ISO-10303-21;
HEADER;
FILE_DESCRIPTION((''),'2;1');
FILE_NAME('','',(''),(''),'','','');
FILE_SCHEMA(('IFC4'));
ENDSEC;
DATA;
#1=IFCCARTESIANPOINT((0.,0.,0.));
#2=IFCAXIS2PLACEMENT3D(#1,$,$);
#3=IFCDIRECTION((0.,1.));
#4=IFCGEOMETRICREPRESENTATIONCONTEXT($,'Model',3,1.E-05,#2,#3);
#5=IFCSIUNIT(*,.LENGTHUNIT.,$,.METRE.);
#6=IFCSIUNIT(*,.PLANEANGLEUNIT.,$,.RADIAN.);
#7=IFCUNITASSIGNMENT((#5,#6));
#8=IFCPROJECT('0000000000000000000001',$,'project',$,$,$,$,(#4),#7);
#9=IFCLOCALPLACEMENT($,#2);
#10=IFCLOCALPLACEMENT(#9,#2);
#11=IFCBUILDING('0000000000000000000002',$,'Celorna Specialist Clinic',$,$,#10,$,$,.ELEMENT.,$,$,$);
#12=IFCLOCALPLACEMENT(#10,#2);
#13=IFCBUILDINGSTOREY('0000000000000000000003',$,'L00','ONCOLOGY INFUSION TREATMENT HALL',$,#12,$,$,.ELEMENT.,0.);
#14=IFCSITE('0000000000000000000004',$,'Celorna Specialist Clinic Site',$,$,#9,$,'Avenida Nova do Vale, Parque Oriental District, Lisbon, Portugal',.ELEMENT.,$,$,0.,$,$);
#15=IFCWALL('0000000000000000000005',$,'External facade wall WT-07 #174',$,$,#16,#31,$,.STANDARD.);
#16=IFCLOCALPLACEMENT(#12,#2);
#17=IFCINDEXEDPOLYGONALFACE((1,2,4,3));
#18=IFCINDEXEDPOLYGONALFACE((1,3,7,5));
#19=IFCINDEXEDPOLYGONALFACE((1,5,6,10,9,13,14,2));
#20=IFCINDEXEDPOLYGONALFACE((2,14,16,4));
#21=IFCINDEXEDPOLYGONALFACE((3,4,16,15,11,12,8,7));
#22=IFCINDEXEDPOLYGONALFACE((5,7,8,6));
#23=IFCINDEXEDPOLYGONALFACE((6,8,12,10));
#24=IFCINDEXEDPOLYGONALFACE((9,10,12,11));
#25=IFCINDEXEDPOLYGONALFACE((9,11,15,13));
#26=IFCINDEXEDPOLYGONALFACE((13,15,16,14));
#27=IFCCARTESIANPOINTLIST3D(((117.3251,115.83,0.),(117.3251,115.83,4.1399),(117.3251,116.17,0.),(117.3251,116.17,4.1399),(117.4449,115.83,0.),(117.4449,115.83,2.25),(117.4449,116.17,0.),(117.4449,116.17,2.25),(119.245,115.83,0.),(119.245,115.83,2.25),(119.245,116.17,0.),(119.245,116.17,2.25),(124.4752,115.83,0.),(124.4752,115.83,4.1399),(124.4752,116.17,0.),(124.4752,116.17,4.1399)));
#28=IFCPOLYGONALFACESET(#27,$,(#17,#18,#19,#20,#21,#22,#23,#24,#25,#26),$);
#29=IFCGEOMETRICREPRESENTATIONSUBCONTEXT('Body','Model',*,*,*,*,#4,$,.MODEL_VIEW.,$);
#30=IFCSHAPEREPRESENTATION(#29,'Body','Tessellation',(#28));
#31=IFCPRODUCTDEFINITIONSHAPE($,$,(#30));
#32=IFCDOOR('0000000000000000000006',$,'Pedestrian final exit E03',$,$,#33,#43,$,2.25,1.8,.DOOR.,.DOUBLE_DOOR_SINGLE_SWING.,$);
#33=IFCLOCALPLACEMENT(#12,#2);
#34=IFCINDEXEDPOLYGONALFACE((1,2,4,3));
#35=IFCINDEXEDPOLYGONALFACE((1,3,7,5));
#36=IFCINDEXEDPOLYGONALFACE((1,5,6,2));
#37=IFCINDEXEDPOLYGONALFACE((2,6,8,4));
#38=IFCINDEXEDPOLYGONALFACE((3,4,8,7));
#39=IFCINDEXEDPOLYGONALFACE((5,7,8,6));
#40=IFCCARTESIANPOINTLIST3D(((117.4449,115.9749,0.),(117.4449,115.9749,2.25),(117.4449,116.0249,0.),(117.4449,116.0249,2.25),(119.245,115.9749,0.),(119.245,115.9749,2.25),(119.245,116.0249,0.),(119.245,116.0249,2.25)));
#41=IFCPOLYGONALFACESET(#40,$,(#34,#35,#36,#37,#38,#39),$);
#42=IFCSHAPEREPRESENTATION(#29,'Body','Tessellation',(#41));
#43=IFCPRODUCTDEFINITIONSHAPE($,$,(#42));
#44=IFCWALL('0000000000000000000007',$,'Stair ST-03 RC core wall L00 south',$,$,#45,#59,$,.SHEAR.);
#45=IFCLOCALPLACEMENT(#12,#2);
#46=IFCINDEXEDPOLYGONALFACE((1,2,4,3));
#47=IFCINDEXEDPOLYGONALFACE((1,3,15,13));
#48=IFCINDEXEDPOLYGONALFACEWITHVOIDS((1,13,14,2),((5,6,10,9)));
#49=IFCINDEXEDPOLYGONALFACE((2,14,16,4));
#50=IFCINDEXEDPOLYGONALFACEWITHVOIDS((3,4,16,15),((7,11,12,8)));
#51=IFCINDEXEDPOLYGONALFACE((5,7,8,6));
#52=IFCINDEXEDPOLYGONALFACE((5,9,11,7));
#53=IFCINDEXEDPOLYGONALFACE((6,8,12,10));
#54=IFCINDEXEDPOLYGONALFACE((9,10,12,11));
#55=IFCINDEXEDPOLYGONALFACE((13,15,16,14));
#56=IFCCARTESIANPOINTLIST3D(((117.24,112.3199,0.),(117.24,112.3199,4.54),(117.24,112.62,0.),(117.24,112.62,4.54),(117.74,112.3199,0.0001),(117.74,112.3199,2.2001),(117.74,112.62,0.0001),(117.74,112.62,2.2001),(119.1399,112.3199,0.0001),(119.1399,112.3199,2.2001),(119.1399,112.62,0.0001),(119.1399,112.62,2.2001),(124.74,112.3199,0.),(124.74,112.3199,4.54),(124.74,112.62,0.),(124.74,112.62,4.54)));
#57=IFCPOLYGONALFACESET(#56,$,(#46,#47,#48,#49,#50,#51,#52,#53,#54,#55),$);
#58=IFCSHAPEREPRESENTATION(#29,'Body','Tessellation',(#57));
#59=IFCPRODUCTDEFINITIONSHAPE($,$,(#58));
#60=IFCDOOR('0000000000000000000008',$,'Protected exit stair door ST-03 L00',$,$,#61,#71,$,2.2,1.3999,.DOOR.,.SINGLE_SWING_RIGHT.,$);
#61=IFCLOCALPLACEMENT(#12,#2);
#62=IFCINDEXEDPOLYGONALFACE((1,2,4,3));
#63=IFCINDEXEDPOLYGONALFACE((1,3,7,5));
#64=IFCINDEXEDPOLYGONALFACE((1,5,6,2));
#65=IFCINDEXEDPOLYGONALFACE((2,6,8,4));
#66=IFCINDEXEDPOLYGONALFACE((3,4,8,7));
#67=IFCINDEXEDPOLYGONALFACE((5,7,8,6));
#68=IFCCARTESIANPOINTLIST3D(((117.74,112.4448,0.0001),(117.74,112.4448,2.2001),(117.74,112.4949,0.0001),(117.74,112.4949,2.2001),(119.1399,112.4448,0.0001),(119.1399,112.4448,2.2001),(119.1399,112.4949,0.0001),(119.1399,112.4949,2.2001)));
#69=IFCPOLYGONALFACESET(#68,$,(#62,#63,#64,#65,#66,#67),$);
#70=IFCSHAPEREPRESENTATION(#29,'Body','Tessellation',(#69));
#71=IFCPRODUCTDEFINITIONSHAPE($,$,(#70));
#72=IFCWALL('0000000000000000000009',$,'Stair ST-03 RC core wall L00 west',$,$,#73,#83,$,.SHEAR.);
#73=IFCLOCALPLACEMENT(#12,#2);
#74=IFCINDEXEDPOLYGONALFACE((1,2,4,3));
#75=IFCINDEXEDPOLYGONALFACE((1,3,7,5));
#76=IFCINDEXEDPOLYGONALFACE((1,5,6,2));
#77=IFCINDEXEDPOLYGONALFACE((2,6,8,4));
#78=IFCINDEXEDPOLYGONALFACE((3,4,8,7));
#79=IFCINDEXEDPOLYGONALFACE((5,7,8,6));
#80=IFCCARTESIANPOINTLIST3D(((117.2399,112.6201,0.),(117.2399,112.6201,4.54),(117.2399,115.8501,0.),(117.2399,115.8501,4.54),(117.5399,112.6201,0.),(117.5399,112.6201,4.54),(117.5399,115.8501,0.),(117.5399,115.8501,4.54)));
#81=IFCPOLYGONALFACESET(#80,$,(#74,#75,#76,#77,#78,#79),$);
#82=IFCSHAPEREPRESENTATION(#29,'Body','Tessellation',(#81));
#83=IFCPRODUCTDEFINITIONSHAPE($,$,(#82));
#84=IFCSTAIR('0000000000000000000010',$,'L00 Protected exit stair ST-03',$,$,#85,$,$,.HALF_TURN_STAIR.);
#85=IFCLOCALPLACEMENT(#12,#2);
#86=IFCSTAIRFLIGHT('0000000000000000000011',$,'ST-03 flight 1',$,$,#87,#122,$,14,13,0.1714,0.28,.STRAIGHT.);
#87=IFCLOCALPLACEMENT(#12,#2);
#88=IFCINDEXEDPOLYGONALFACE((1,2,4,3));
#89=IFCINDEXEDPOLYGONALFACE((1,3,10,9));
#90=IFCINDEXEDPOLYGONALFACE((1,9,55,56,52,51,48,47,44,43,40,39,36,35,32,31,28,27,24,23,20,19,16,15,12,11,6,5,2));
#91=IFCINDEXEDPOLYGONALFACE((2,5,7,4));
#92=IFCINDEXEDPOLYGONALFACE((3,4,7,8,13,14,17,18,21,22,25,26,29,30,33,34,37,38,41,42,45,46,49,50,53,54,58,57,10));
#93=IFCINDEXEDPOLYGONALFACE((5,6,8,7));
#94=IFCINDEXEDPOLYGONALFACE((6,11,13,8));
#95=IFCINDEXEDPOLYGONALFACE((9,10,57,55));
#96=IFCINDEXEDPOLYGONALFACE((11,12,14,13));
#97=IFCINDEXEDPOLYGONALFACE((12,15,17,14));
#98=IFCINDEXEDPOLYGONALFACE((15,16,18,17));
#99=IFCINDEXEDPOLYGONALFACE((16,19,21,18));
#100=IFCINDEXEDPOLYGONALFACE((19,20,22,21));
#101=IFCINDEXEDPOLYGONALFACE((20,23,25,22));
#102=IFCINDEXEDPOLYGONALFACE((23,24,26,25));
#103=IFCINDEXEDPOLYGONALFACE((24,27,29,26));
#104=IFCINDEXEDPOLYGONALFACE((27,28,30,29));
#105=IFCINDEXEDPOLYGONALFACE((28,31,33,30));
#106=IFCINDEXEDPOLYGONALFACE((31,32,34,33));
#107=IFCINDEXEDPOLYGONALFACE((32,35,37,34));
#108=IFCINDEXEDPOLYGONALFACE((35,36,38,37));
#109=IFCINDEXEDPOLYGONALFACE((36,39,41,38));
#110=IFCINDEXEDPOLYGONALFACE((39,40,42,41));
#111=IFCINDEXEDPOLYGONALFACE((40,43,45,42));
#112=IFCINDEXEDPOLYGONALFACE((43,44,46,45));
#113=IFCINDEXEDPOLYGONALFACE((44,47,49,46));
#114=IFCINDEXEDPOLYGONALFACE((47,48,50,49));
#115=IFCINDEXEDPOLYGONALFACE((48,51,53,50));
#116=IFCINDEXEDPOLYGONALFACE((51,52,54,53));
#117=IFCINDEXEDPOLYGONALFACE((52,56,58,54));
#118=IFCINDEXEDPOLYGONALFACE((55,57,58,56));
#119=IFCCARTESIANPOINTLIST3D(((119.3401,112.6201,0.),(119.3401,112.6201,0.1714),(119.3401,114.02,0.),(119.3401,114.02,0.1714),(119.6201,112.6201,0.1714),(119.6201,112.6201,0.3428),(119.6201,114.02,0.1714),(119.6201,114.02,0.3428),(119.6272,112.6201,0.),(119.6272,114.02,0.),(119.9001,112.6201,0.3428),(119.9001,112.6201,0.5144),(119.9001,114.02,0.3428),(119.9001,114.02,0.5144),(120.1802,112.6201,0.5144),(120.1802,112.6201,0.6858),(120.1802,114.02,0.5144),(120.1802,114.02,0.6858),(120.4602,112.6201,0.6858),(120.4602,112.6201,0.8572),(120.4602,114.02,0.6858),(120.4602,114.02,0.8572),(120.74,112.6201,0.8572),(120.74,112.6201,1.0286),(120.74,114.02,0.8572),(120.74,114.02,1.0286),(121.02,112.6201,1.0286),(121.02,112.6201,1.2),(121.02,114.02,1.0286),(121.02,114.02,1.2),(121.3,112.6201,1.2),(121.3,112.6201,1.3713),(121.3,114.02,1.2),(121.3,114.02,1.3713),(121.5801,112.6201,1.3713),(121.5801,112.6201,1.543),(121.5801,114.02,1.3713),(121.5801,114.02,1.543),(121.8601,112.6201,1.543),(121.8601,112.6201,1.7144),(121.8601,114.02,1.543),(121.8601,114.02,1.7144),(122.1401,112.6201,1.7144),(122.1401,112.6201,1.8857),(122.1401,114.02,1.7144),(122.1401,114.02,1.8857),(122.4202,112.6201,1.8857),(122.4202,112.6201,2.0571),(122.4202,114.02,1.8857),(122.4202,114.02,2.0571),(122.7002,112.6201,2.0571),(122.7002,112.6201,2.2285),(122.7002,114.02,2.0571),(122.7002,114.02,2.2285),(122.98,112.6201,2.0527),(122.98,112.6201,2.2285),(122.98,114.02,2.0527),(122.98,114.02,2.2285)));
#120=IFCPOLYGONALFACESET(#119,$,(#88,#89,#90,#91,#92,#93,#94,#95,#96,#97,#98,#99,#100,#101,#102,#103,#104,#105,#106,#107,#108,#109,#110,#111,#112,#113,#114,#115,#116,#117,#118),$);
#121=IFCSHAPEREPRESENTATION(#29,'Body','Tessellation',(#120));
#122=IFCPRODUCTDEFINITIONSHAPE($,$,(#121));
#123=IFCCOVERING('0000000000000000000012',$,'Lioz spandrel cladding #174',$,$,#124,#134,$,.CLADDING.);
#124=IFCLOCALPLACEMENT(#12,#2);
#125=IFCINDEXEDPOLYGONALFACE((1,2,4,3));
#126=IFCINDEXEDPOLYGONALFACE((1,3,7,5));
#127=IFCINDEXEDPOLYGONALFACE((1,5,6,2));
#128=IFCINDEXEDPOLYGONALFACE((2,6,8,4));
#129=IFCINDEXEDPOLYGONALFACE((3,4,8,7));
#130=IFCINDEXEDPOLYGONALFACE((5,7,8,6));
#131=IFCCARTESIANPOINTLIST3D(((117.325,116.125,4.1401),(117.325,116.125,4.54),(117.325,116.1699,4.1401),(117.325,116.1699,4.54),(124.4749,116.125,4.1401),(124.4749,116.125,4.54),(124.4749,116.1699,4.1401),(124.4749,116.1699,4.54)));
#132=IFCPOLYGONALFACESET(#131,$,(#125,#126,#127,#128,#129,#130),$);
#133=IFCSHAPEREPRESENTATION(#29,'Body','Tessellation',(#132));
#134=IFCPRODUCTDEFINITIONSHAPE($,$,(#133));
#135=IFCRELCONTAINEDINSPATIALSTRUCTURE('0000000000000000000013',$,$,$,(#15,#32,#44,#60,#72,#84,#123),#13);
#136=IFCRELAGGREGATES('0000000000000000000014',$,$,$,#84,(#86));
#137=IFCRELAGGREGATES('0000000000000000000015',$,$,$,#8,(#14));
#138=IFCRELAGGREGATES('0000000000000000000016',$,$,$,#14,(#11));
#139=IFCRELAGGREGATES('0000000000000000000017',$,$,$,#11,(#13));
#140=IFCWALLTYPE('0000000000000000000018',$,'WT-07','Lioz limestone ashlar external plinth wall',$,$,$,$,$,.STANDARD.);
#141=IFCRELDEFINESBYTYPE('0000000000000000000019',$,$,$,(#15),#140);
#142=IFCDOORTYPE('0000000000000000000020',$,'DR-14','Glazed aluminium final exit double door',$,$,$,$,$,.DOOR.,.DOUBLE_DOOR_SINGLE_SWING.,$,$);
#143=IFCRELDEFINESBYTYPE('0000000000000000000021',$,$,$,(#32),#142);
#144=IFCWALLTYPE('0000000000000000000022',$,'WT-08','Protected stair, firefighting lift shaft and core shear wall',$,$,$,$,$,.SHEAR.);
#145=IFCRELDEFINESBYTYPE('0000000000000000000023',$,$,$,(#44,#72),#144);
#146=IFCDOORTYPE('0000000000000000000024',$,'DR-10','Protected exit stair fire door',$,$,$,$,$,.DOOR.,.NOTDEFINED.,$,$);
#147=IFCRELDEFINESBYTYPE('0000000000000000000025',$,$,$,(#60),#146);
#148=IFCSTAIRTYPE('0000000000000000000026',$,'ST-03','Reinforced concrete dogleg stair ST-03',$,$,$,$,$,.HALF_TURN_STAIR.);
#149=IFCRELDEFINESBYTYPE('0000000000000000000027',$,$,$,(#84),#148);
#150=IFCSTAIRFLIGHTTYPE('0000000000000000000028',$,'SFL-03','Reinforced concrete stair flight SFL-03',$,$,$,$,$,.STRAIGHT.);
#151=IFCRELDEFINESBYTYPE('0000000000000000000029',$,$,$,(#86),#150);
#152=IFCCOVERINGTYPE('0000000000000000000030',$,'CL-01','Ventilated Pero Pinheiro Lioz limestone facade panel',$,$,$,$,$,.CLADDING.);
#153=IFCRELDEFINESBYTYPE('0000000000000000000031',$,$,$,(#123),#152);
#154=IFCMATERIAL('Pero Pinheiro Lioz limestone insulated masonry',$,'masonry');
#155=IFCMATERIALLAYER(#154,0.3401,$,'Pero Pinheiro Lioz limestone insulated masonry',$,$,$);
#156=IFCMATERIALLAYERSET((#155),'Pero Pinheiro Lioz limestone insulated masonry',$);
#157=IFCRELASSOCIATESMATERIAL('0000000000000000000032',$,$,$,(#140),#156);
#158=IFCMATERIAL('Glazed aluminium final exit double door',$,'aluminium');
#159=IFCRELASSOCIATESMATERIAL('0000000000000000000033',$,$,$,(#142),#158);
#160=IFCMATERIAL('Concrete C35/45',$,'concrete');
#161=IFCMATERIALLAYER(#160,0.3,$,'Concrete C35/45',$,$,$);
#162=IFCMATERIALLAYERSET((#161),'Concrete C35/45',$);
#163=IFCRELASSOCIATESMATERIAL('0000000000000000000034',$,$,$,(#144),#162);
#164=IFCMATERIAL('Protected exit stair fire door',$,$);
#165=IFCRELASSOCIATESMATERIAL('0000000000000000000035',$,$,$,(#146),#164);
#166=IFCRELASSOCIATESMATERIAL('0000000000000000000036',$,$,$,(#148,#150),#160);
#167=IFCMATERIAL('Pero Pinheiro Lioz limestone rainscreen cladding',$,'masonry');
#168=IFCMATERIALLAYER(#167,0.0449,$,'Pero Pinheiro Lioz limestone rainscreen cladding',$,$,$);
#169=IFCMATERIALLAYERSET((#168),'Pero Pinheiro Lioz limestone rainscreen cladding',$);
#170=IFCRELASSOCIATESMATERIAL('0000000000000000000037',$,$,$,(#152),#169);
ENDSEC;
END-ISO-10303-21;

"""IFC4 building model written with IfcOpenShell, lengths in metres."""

from ifc_helpers import new_model, si_unit, direction, frame, frame_2d, origin, origin_2d, place, context, subcontext, project, spatial, polyline, rectangle, outline, extrude, material, layer, layer_set, type_object, element, fill, aggregate, save


model = new_model("IFC4")

# Units and contexts
model_context = context("Model", 3, precision=1e-05, world=origin(), true_north=direction((0.0, 1.0)))
body_context = subcontext(model_context, "Body", "Model", "MODEL_VIEW")
ifc_project = project(units=[si_unit("LENGTHUNIT", "METRE"), si_unit("PLANEANGLEUNIT", "RADIAN")], contexts=[model_context])

# Site, building, storey
site_placement = place(None, origin())
site = spatial("IfcSite", under=ifc_project, at=site_placement, Name="Celorna Specialist Clinic Site", LongName="Avenida Nova do Vale, Parque Oriental District, Lisbon, Portugal", CompositionType="ELEMENT", RefElevation=0.0)
building_placement = place(site_placement, origin())
building = spatial("IfcBuilding", under=site, at=building_placement, Name="Celorna Specialist Clinic", CompositionType="ELEMENT")
storey_placement = place(building_placement, origin())
storey = spatial("IfcBuildingStorey", under=building, at=storey_placement, Name="L00", Description="ONCOLOGY INFUSION TREATMENT HALL", CompositionType="ELEMENT", Elevation=0.0)

# Shared definitions
ifc_material_1 = material(Name="Concrete C35/45", Category="concrete")

# Walls, openings, doors
ifc_material_2 = material(Name="Pero Pinheiro Lioz limestone insulated masonry", Category="masonry")
ifc_layer_1 = layer(ifc_material_2, 0.3401, Name="Pero Pinheiro Lioz limestone insulated masonry")
ifc_layer_set_1 = layer_set([ifc_layer_1], Name="Pero Pinheiro Lioz limestone insulated masonry")
wall_type_1 = type_object("IfcWallType", Name="WT-07", Description="Lioz limestone ashlar external plinth wall", PredefinedType="STANDARD", material=ifc_layer_set_1)
wall_1_placement = place(storey_placement, frame((117.325, 116.0, 0.0), z_axis=(0.0, 0.0, 1.0), x_axis=(1.0, 0.0, 0.0)))
wall_1 = element("IfcWall", 1, at=wall_1_placement, inside=storey, type_object=wall_type_1, Name="External facade wall WT-07 #174", PredefinedType="STANDARD", context=body_context, shape_type="SweptSolid", body=[
    extrude(rectangle(XDim=7.1501, YDim=0.3401, at=frame_2d((3.5752, 0.0))), origin(), (0.0, 0.0, 1.0), 4.1399),
])
opening_1_placement = place(wall_1_placement, frame((0.1201, 0.0, 0.0)))
opening_1 = element("IfcOpeningElement", 2, at=opening_1_placement, cuts=wall_1, PredefinedType="OPENING", context=body_context, shape_type="SweptSolid", body=[
    extrude(rectangle(XDim=1.8, YDim=2.25, at=frame_2d((0.8999, 1.125))), frame((0.0, 0.1799, 0.0), z_axis=(0.0, -1.0, 0.0), x_axis=(1.0, 0.0, 0.0)), (0.0, 0.0, 1.0), 0.3601),
])
ifc_material_3 = material(Name="Glazed aluminium final exit double door", Category="aluminium")
door_type_1 = type_object("IfcDoorType", Name="DR-14", Description="Glazed aluminium final exit double door", OperationType="DOUBLE_DOOR_SINGLE_SWING", PredefinedType="DOOR", material=ifc_material_3)
door_1_placement = place(opening_1_placement, origin())
door_1 = element("IfcDoor", 3, at=door_1_placement, inside=storey, type_object=door_type_1, Name="Pedestrian final exit E03", OperationType="DOUBLE_DOOR_SINGLE_SWING", OverallHeight=2.25, OverallWidth=1.8, PredefinedType="DOOR", context=body_context, shape_type="SweptSolid", body=[
    extrude(rectangle(XDim=1.8, YDim=2.25, at=frame_2d((0.8999, 1.125))), frame((0.0, 0.0249, 0.0), z_axis=(0.0, -1.0, 0.0), x_axis=(1.0, 0.0, 0.0)), (0.0, 0.0, 1.0), 0.05),
])
fill(opening_1, door_1)
ifc_layer_2 = layer(ifc_material_1, 0.3, Name="Concrete C35/45")
ifc_layer_set_2 = layer_set([ifc_layer_2], Name="Concrete C35/45")
wall_type_2 = type_object("IfcWallType", Name="WT-08", Description="Protected stair, firefighting lift shaft and core shear wall", PredefinedType="SHEAR", material=ifc_layer_set_2)
wall_2_placement = place(storey_placement, frame((117.24, 112.47, 0.0), z_axis=(0.0, 0.0, 1.0), x_axis=(1.0, 0.0, 0.0)))
wall_2 = element("IfcWall", 4, at=wall_2_placement, inside=storey, type_object=wall_type_2, Name="Stair ST-03 RC core wall L00 south", PredefinedType="SHEAR", context=body_context, shape_type="SweptSolid", body=[
    extrude(rectangle(XDim=7.5, YDim=0.3, at=frame_2d((3.75, 0.0))), origin(), (0.0, 0.0, 1.0), 4.54),
])
opening_2_placement = place(wall_2_placement, frame((0.5, 0.0, 0.0)))
opening_2 = element("IfcOpeningElement", 5, at=opening_2_placement, cuts=wall_2, PredefinedType="OPENING", context=body_context, shape_type="SweptSolid", body=[
    extrude(rectangle(XDim=1.3999, YDim=2.2, at=frame_2d((0.7, 1.1001))), frame((0.0, 0.1599, 0.0), z_axis=(0.0, -1.0, 0.0), x_axis=(1.0, 0.0, 0.0)), (0.0, 0.0, 1.0), 0.3201),
])
ifc_material_4 = material(Name="Protected exit stair fire door")
door_type_2 = type_object("IfcDoorType", Name="DR-10", Description="Protected exit stair fire door", OperationType="NOTDEFINED", PredefinedType="DOOR", material=ifc_material_4)
door_2_placement = place(opening_2_placement, origin())
door_2 = element("IfcDoor", 6, at=door_2_placement, inside=storey, type_object=door_type_2, Name="Protected exit stair door ST-03 L00", OperationType="SINGLE_SWING_RIGHT", OverallHeight=2.2, OverallWidth=1.3999, PredefinedType="DOOR", context=body_context, shape_type="SweptSolid", body=[
    extrude(rectangle(XDim=1.3999, YDim=2.2, at=frame_2d((0.7, 1.1001))), frame((0.0, 0.0249, 0.0), z_axis=(0.0, -1.0, 0.0), x_axis=(1.0, 0.0, 0.0)), (0.0, 0.0, 1.0), 0.05),
])
fill(opening_2, door_2)

# Wall
wall_3_placement = place(storey_placement, frame((117.3899, 115.8501, 0.0), z_axis=(0.0, 0.0, 1.0), x_axis=(0.0, -1.0, 0.0)))
element("IfcWall", 7, at=wall_3_placement, inside=storey, type_object=wall_type_2, Name="Stair ST-03 RC core wall L00 west", PredefinedType="SHEAR", context=body_context, shape_type="SweptSolid", body=[
    extrude(rectangle(XDim=3.23, YDim=0.3, at=frame_2d((1.615, 0.0))), origin(), (0.0, 0.0, 1.0), 4.54),
])

# Stair, stair flight
stair_type = type_object("IfcStairType", Name="ST-03", Description="Reinforced concrete dogleg stair ST-03", PredefinedType="HALF_TURN_STAIR", material=ifc_material_1)
stair_placement = place(storey_placement, origin())
stair = element("IfcStair", 8, at=stair_placement, inside=storey, type_object=stair_type, Name="L00 Protected exit stair ST-03", PredefinedType="HALF_TURN_STAIR")
stair_flight_type = type_object("IfcStairFlightType", Name="SFL-03", Description="Reinforced concrete stair flight SFL-03", PredefinedType="STRAIGHT", material=ifc_material_1)
stair_flight_placement = place(storey_placement, frame((119.3401, 113.3201, 0.0), z_axis=(0.0, 0.0, 1.0), x_axis=(1.0, 0.0, 0.0)))
stair_flight = element("IfcStairFlight", 9, at=stair_flight_placement, type_object=stair_flight_type, Name="ST-03 flight 1", NumberOfRisers=14, NumberOfTreads=13, PredefinedType="STRAIGHT", RiserHeight=0.1714, TreadLength=0.28, context=body_context, shape_type="SweptSolid", body=[
    extrude(outline(polyline([(0.0, 0.0), (0.0, 0.1714), (0.28, 0.1714), (0.28, 0.3428), (0.5601, 0.3428), (0.5601, 0.5144), (0.8401, 0.5144), (0.8401, 0.6858), (1.1201, 0.6858), (1.1201, 0.8572), (1.3999, 0.8572), (1.3999, 1.0286), (1.6799, 1.0286), (1.6799, 1.2), (1.96, 1.2), (1.96, 1.3713), (2.24, 1.3713), (2.24, 1.543), (2.52, 1.543), (2.52, 1.7144), (2.8, 1.7144), (2.8, 1.8857), (3.0801, 1.8857), (3.0801, 2.0571), (3.3601, 2.0571), (3.3601, 2.2285), (3.6399, 2.2285), (3.6399, 2.3999), (3.6399, 2.0527), (0.2871, 0.0), (0.0, 0.0)])), frame((0.0, 0.7, 0.0), z_axis=(0.0, -1.0, 0.0), x_axis=(1.0, 0.0, 0.0)), (0.0, 0.0, 1.0), 1.3999),
])
aggregate(stair, [stair_flight])

# Covering
ifc_material_5 = material(Name="Pero Pinheiro Lioz limestone rainscreen cladding", Category="masonry")
ifc_layer_3 = layer(ifc_material_5, 0.0449, Name="Pero Pinheiro Lioz limestone rainscreen cladding")
ifc_layer_set_3 = layer_set([ifc_layer_3], Name="Pero Pinheiro Lioz limestone rainscreen cladding")
covering_type = type_object("IfcCoveringType", Name="CL-01", Description="Ventilated Pero Pinheiro Lioz limestone facade panel", PredefinedType="CLADDING", material=ifc_layer_set_3)
covering_placement = place(storey_placement, frame((120.8999, 116.1475, 4.1401), z_axis=(0.0, 0.0, 1.0), x_axis=(1.0, 0.0, 0.0)))
element("IfcCovering", 10, at=covering_placement, inside=storey, type_object=covering_type, Name="Lioz spandrel cladding #174", PredefinedType="CLADDING", context=body_context, shape_type="SweptSolid", body=[
    extrude(rectangle(XDim=7.1499, YDim=0.0449, at=origin_2d()), origin(), (0.0, 0.0, 1.0), 0.3999),
])

save(model, "model.ifc")
